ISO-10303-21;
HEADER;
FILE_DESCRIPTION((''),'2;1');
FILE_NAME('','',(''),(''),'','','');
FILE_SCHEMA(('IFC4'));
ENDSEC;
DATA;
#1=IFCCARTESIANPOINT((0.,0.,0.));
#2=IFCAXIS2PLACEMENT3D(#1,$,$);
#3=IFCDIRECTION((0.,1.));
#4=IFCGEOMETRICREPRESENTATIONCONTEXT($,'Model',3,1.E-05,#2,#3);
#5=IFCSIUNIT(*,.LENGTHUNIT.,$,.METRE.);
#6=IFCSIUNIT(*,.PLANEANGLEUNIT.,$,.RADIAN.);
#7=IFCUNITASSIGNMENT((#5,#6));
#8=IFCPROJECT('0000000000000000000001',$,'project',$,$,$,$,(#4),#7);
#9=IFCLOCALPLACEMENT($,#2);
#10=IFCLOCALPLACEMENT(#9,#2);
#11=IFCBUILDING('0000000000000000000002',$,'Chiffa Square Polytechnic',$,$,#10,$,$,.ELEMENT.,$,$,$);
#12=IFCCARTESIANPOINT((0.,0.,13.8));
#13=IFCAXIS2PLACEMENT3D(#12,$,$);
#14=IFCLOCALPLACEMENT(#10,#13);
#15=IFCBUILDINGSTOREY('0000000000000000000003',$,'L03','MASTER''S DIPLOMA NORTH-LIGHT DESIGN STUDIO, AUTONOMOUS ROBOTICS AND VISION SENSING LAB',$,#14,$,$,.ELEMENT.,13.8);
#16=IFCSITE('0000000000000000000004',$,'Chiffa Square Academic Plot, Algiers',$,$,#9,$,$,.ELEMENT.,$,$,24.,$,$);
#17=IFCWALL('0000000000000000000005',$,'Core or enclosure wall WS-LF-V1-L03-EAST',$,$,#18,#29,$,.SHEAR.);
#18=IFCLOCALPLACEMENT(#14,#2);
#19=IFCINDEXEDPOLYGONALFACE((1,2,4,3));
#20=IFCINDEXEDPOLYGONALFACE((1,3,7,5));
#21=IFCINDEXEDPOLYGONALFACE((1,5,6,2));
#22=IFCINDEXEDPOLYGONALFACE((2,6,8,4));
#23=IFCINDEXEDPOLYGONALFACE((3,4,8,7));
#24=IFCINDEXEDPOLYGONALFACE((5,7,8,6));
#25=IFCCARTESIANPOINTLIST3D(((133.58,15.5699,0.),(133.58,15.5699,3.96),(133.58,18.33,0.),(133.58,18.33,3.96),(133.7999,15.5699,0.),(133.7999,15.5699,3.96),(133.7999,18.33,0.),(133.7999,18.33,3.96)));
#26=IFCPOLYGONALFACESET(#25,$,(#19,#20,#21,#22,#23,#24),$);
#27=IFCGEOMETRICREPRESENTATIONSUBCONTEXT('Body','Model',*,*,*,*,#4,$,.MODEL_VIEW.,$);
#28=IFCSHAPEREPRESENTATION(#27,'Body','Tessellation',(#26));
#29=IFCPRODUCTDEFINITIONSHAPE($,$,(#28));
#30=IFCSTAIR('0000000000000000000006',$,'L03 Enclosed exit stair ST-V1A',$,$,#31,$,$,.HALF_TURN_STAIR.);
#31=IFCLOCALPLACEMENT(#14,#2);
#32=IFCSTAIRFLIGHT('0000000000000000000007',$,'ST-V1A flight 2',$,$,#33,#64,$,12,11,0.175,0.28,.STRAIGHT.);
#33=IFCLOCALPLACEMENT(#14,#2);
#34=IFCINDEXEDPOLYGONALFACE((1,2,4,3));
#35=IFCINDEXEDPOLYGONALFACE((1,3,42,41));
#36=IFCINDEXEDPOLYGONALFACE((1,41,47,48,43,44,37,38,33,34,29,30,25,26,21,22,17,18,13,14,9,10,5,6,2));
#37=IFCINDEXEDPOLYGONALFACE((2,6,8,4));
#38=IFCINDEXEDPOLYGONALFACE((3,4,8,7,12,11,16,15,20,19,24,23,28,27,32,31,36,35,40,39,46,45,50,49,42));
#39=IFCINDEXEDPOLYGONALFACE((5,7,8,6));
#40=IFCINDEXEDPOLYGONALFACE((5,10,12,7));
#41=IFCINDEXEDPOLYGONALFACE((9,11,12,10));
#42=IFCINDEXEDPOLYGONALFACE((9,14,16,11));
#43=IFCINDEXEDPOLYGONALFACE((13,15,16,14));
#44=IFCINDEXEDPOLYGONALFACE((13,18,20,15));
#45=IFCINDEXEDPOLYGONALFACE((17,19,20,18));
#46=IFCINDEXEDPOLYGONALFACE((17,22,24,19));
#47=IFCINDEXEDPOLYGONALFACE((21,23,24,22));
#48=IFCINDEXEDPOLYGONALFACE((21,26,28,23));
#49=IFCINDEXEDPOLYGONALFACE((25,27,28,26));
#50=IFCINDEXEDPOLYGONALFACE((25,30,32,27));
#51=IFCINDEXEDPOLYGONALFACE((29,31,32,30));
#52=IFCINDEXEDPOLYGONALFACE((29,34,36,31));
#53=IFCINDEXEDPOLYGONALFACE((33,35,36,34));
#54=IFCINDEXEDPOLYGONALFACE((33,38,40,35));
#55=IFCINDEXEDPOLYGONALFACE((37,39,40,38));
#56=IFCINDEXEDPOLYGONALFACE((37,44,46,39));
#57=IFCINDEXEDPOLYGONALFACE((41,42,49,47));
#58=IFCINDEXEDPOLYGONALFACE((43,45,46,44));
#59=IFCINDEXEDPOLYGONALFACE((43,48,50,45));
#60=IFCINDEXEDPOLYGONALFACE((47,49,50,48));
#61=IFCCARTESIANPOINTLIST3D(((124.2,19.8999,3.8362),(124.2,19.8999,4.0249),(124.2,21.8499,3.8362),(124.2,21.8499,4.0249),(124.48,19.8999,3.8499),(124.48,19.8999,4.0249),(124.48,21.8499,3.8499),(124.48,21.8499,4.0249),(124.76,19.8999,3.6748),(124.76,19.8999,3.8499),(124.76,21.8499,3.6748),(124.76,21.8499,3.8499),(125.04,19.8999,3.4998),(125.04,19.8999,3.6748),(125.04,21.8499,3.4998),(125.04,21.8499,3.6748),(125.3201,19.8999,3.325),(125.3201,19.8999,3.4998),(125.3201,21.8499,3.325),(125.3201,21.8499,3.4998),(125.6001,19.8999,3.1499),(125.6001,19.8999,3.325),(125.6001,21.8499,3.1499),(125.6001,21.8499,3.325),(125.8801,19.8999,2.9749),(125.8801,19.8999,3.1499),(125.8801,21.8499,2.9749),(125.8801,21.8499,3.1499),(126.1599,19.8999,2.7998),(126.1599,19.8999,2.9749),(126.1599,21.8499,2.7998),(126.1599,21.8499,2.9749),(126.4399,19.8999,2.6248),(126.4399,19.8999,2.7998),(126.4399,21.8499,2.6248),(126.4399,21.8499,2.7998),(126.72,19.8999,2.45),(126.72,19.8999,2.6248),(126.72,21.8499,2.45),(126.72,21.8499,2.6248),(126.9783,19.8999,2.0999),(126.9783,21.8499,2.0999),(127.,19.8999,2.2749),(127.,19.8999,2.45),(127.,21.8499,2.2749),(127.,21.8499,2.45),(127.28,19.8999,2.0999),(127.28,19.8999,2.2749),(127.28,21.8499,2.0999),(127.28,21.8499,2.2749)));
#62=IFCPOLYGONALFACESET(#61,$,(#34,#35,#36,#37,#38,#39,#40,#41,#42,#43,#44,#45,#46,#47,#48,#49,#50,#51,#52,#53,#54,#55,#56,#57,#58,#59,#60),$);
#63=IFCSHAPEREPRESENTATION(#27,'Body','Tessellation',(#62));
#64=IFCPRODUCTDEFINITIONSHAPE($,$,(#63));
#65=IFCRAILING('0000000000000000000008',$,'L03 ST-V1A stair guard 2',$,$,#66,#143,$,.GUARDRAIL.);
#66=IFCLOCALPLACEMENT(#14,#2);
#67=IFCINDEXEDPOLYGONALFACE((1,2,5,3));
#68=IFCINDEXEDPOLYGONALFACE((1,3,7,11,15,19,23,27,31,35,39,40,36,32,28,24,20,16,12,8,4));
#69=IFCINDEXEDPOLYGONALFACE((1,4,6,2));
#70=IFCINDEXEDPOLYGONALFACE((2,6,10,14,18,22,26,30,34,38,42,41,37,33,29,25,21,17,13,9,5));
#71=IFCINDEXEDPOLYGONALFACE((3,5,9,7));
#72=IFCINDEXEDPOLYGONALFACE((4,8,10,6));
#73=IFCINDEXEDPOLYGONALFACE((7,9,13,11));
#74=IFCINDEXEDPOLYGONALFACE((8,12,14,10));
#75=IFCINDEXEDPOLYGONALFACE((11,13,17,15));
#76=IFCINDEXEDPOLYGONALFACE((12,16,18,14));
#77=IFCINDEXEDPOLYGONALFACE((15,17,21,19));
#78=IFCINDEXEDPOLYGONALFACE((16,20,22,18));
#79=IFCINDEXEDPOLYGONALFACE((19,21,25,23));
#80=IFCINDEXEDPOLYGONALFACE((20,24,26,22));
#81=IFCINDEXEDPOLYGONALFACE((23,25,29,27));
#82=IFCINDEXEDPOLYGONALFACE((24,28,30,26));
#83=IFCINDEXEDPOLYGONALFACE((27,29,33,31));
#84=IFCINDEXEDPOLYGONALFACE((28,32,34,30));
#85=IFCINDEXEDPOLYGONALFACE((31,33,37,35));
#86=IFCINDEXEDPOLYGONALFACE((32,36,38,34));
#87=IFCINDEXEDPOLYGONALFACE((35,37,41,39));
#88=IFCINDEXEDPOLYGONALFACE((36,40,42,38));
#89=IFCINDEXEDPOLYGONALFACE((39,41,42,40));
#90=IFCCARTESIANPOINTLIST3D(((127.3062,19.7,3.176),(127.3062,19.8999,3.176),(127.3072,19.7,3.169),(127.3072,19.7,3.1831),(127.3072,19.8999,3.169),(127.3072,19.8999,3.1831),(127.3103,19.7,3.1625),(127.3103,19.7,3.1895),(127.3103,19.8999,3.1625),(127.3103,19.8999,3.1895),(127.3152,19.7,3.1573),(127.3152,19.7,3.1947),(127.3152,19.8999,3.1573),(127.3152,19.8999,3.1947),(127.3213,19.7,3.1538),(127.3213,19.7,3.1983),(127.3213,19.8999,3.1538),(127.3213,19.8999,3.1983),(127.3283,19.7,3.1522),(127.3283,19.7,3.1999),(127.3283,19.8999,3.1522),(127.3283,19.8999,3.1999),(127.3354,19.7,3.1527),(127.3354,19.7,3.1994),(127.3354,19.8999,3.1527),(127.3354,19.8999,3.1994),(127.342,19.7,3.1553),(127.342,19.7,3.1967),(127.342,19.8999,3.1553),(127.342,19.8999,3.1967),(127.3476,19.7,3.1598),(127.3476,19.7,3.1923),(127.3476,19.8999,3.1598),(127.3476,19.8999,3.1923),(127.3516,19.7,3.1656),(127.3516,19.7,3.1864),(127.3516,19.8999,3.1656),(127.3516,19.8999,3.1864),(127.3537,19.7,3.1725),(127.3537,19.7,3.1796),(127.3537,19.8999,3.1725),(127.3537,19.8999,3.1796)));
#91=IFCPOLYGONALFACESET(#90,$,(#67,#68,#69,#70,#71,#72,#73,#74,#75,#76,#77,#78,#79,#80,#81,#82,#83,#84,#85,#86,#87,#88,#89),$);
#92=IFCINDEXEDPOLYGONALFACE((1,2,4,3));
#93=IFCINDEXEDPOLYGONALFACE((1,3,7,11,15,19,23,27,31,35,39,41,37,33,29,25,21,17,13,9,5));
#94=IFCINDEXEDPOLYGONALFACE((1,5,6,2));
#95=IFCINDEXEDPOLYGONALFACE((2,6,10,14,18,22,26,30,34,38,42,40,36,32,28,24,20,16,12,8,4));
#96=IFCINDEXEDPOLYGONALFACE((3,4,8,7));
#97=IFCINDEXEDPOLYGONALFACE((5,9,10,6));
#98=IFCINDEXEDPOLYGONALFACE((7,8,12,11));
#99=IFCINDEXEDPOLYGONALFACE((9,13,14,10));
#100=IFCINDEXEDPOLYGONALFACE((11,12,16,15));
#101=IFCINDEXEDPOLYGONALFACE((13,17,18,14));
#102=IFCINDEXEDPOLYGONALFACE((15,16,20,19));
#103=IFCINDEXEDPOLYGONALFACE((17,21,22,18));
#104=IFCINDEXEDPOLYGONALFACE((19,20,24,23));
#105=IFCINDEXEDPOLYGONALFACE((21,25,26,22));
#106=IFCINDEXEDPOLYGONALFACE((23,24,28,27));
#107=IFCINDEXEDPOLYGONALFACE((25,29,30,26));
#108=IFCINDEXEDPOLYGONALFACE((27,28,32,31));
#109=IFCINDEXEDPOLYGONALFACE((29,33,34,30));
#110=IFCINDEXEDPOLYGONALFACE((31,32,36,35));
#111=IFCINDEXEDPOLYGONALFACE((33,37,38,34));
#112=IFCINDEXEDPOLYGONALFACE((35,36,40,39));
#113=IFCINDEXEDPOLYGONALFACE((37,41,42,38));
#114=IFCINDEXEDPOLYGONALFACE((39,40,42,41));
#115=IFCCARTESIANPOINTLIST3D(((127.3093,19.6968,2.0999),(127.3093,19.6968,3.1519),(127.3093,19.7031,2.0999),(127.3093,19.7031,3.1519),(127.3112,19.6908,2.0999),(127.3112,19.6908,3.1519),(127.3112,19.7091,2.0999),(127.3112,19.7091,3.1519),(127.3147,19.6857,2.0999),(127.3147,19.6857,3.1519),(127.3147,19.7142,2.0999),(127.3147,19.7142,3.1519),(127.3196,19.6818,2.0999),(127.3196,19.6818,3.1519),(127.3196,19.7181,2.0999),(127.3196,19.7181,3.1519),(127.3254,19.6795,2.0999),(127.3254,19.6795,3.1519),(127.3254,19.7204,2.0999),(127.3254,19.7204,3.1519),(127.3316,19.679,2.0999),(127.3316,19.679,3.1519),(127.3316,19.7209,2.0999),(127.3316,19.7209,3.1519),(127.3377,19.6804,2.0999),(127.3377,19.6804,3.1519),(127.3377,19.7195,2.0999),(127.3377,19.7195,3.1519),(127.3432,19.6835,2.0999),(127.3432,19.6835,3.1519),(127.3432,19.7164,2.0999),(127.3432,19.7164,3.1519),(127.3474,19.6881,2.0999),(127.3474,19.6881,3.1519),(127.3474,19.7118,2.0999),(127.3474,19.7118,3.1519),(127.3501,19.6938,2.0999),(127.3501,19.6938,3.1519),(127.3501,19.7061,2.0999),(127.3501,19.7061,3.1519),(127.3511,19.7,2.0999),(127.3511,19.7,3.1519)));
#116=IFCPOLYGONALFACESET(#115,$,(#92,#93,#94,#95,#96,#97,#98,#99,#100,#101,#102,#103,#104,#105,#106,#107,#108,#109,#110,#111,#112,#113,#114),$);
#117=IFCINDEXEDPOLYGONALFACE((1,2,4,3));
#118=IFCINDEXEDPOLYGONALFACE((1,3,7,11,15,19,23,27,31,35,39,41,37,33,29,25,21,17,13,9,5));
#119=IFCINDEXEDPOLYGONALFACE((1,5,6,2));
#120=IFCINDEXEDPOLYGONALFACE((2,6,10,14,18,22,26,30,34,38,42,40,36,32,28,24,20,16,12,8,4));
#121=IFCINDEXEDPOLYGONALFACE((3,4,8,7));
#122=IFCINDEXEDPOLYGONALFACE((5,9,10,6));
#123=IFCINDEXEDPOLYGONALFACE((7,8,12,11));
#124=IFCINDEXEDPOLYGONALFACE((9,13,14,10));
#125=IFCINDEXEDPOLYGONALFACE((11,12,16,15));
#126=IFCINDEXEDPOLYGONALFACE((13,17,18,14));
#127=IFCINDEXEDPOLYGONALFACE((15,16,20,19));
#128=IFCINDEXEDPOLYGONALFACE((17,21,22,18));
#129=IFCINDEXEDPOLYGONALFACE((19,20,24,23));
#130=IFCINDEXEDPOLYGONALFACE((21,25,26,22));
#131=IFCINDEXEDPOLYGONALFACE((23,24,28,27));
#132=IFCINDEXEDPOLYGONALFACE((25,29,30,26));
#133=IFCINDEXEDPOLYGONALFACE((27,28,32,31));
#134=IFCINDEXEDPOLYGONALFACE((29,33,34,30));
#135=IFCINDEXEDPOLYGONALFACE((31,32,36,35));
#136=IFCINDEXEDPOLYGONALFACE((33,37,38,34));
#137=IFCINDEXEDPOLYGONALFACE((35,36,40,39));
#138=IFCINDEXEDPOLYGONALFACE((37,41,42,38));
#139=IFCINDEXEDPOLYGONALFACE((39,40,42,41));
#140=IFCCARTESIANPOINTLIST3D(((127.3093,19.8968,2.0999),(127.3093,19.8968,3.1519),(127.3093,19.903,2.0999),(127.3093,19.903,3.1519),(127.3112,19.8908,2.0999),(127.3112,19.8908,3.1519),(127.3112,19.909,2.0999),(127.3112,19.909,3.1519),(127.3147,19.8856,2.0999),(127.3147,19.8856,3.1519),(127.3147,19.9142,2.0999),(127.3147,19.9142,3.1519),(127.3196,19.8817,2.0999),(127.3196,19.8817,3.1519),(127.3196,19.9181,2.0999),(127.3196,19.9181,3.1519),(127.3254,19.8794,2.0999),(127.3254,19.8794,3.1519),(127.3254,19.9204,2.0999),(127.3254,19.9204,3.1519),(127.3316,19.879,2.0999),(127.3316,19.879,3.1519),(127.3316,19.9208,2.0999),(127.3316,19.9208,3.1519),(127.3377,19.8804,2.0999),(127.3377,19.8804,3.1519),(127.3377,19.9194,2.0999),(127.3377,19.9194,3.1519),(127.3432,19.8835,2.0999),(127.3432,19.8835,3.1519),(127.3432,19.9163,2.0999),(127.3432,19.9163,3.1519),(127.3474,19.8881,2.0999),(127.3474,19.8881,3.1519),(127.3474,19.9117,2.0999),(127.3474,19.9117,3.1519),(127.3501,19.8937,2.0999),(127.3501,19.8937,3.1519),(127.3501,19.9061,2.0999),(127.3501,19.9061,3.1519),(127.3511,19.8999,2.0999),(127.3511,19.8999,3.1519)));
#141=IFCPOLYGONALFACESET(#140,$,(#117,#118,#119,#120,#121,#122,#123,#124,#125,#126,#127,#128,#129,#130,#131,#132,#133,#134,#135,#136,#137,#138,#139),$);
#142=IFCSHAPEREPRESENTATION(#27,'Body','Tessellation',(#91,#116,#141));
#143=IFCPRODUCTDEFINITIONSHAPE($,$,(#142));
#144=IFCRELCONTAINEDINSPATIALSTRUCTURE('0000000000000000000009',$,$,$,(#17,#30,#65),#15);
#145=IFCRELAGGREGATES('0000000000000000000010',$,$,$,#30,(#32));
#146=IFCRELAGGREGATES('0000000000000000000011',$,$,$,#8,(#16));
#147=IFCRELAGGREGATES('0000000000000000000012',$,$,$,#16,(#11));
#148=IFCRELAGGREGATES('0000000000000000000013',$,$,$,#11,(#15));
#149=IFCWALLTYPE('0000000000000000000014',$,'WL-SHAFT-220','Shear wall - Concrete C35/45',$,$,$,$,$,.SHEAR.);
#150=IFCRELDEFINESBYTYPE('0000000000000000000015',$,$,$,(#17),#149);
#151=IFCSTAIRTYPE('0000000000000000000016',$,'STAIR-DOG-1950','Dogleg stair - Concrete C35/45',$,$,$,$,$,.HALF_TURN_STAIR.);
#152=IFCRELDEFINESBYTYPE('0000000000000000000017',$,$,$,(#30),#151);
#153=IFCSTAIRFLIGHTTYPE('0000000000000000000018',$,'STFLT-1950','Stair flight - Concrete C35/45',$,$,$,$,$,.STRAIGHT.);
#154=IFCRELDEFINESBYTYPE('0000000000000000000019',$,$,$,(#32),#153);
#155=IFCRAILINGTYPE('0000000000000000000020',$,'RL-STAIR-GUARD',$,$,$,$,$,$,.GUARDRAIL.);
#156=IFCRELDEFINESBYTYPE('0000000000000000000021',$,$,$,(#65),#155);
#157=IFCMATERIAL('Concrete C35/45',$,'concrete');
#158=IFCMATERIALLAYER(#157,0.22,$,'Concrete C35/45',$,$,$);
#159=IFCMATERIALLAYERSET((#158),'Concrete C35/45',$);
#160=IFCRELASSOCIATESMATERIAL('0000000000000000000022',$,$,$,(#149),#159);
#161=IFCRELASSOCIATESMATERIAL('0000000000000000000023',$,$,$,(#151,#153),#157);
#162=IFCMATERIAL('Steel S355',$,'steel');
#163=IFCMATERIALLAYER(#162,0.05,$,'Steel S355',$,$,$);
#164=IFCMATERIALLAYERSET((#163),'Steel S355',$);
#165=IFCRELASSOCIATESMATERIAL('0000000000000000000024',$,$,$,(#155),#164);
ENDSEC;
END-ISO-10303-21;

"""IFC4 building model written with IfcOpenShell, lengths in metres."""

from ifc_helpers import new_model, si_unit, direction, frame, frame_2d, origin, origin_2d, place, context, subcontext, project, spatial, polyline, rectangle, circle, outline, extrude, material, layer, layer_set, type_object, element, aggregate, save


model = new_model("IFC4")

# Units and contexts
model_context = context("Model", 3, precision=1e-05, world=origin(), true_north=direction((0.0, 1.0)))
body_context = subcontext(model_context, "Body", "Model", "MODEL_VIEW")
ifc_project = project(units=[si_unit("LENGTHUNIT", "METRE"), si_unit("PLANEANGLEUNIT", "RADIAN")], contexts=[model_context])

# Site, building, storey
site_placement = place(None, origin())
site = spatial("IfcSite", under=ifc_project, at=site_placement, Name="Chiffa Square Academic Plot, Algiers", CompositionType="ELEMENT", RefElevation=24.0)
building_placement = place(site_placement, origin())
building = spatial("IfcBuilding", under=site, at=building_placement, Name="Chiffa Square Polytechnic", CompositionType="ELEMENT")
storey_placement = place(building_placement, frame((0.0, 0.0, 13.8)))
storey = spatial("IfcBuildingStorey", under=building, at=storey_placement, Name="L03", Description="MASTER'S DIPLOMA NORTH-LIGHT DESIGN STUDIO, AUTONOMOUS ROBOTICS AND VISION SENSING LAB", CompositionType="ELEMENT", Elevation=13.8)

# Shared definitions
ifc_material_1 = material(Name="Concrete C35/45", Category="concrete")
ifc_layer_1 = layer(ifc_material_1, 0.22, Name="Concrete C35/45")
ifc_layer_set_1 = layer_set([ifc_layer_1], Name="Concrete C35/45")
wall_type_1 = type_object("IfcWallType", Name="WL-SHAFT-220", Description="Shear wall - Concrete C35/45", PredefinedType="SHEAR", material=ifc_layer_set_1)

# Wall
for number, where, z_axis, x_axis, name in (
    (1, (133.6899, 15.5701, 0.0), (0.0, 0.0, 1.0), (0.0, 1.0, 0.0), "Core or enclosure wall WS-LF-V1-L03-EAST"),
):
    element("IfcWall", number, at=place(storey_placement, frame(where, z_axis=z_axis, x_axis=x_axis)), inside=storey, type_object=wall_type_1, Name=name, PredefinedType="SHEAR", context=body_context, shape_type="SweptSolid", body=[
        extrude(rectangle(XDim=2.76, YDim=0.22, at=frame_2d((1.3799, 0.0))), origin(), (0.0, 0.0, 1.0), 3.96),
    ])

# Stair, stair flight
stair_type = type_object("IfcStairType", Name="STAIR-DOG-1950", Description="Dogleg stair - Concrete C35/45", PredefinedType="HALF_TURN_STAIR", material=ifc_material_1)
stair_placement = place(storey_placement, origin())
stair = element("IfcStair", 2, at=stair_placement, inside=storey, type_object=stair_type, Name="L03 Enclosed exit stair ST-V1A", PredefinedType="HALF_TURN_STAIR")
stair_flight_type = type_object("IfcStairFlightType", Name="STFLT-1950", Description="Stair flight - Concrete C35/45", PredefinedType="STRAIGHT", material=ifc_material_1)
stair_flight_placement = place(storey_placement, frame((127.28, 20.875, 2.0999), z_axis=(0.0, 0.0, 1.0), x_axis=(-1.0, 0.0, 0.0)))
stair_flight = element("IfcStairFlight", 3, at=stair_flight_placement, type_object=stair_flight_type, Name="ST-V1A flight 2", NumberOfRisers=12, NumberOfTreads=11, PredefinedType="STRAIGHT", RiserHeight=0.175, TreadLength=0.28, context=body_context, shape_type="SweptSolid", body=[
    extrude(outline(polyline([(0.0, 0.0), (0.0, 0.175), (0.28, 0.175), (0.28, 0.3501), (0.5601, 0.3501), (0.5601, 0.5249), (0.8401, 0.5249), (0.8401, 0.7), (1.1201, 0.7), (1.1201, 0.875), (1.3999, 0.875), (1.3999, 1.05), (1.6799, 1.05), (1.6799, 1.2251), (1.96, 1.2251), (1.96, 1.3999), (2.24, 1.3999), (2.24, 1.575), (2.52, 1.575), (2.52, 1.75), (2.8, 1.75), (2.8, 1.925), (3.0801, 1.925), (3.0801, 2.1001), (3.0801, 1.7363), (0.3018, 0.0), (0.0, 0.0)])), frame((0.0, 0.9751, 0.0), z_axis=(0.0, -1.0, 0.0), x_axis=(1.0, 0.0, 0.0)), (0.0, 0.0, 1.0), 1.95),
])
aggregate(stair, [stair_flight])

# Railing
ifc_material_2 = material(Name="Steel S355", Category="steel")
ifc_layer_2 = layer(ifc_material_2, 0.05, Name="Steel S355")
ifc_layer_set_2 = layer_set([ifc_layer_2], Name="Steel S355")
railing_type_1 = type_object("IfcRailingType", Name="RL-STAIR-GUARD", PredefinedType="GUARDRAIL", material=ifc_layer_set_2)
railing_1_placement = place(storey_placement, frame((127.3301, 19.7, 2.0999)))
element("IfcRailing", 4, at=railing_1_placement, inside=storey, type_object=railing_type_1, Name="L03 ST-V1A stair guard 2", PredefinedType="GUARDRAIL", context=body_context, shape_type="SweptSolid", body=[
    extrude(circle(Radius=0.0239, at=origin_2d()), frame((0.0, 0.0, 1.0762), z_axis=(0.0, 1.0, 0.0), x_axis=(-1.0, 0.0, 0.0)), (0.0, 0.0, 1.0), 0.2),
    extrude(circle(Radius=0.021, at=origin_2d()), origin(), (0.0, 0.0, 1.0), 1.052),
    extrude(circle(Radius=0.021, at=origin_2d()), frame((0.0, 0.2, 0.0)), (0.0, 0.0, 1.0), 1.052),
])

save(model, "model.ifc")
